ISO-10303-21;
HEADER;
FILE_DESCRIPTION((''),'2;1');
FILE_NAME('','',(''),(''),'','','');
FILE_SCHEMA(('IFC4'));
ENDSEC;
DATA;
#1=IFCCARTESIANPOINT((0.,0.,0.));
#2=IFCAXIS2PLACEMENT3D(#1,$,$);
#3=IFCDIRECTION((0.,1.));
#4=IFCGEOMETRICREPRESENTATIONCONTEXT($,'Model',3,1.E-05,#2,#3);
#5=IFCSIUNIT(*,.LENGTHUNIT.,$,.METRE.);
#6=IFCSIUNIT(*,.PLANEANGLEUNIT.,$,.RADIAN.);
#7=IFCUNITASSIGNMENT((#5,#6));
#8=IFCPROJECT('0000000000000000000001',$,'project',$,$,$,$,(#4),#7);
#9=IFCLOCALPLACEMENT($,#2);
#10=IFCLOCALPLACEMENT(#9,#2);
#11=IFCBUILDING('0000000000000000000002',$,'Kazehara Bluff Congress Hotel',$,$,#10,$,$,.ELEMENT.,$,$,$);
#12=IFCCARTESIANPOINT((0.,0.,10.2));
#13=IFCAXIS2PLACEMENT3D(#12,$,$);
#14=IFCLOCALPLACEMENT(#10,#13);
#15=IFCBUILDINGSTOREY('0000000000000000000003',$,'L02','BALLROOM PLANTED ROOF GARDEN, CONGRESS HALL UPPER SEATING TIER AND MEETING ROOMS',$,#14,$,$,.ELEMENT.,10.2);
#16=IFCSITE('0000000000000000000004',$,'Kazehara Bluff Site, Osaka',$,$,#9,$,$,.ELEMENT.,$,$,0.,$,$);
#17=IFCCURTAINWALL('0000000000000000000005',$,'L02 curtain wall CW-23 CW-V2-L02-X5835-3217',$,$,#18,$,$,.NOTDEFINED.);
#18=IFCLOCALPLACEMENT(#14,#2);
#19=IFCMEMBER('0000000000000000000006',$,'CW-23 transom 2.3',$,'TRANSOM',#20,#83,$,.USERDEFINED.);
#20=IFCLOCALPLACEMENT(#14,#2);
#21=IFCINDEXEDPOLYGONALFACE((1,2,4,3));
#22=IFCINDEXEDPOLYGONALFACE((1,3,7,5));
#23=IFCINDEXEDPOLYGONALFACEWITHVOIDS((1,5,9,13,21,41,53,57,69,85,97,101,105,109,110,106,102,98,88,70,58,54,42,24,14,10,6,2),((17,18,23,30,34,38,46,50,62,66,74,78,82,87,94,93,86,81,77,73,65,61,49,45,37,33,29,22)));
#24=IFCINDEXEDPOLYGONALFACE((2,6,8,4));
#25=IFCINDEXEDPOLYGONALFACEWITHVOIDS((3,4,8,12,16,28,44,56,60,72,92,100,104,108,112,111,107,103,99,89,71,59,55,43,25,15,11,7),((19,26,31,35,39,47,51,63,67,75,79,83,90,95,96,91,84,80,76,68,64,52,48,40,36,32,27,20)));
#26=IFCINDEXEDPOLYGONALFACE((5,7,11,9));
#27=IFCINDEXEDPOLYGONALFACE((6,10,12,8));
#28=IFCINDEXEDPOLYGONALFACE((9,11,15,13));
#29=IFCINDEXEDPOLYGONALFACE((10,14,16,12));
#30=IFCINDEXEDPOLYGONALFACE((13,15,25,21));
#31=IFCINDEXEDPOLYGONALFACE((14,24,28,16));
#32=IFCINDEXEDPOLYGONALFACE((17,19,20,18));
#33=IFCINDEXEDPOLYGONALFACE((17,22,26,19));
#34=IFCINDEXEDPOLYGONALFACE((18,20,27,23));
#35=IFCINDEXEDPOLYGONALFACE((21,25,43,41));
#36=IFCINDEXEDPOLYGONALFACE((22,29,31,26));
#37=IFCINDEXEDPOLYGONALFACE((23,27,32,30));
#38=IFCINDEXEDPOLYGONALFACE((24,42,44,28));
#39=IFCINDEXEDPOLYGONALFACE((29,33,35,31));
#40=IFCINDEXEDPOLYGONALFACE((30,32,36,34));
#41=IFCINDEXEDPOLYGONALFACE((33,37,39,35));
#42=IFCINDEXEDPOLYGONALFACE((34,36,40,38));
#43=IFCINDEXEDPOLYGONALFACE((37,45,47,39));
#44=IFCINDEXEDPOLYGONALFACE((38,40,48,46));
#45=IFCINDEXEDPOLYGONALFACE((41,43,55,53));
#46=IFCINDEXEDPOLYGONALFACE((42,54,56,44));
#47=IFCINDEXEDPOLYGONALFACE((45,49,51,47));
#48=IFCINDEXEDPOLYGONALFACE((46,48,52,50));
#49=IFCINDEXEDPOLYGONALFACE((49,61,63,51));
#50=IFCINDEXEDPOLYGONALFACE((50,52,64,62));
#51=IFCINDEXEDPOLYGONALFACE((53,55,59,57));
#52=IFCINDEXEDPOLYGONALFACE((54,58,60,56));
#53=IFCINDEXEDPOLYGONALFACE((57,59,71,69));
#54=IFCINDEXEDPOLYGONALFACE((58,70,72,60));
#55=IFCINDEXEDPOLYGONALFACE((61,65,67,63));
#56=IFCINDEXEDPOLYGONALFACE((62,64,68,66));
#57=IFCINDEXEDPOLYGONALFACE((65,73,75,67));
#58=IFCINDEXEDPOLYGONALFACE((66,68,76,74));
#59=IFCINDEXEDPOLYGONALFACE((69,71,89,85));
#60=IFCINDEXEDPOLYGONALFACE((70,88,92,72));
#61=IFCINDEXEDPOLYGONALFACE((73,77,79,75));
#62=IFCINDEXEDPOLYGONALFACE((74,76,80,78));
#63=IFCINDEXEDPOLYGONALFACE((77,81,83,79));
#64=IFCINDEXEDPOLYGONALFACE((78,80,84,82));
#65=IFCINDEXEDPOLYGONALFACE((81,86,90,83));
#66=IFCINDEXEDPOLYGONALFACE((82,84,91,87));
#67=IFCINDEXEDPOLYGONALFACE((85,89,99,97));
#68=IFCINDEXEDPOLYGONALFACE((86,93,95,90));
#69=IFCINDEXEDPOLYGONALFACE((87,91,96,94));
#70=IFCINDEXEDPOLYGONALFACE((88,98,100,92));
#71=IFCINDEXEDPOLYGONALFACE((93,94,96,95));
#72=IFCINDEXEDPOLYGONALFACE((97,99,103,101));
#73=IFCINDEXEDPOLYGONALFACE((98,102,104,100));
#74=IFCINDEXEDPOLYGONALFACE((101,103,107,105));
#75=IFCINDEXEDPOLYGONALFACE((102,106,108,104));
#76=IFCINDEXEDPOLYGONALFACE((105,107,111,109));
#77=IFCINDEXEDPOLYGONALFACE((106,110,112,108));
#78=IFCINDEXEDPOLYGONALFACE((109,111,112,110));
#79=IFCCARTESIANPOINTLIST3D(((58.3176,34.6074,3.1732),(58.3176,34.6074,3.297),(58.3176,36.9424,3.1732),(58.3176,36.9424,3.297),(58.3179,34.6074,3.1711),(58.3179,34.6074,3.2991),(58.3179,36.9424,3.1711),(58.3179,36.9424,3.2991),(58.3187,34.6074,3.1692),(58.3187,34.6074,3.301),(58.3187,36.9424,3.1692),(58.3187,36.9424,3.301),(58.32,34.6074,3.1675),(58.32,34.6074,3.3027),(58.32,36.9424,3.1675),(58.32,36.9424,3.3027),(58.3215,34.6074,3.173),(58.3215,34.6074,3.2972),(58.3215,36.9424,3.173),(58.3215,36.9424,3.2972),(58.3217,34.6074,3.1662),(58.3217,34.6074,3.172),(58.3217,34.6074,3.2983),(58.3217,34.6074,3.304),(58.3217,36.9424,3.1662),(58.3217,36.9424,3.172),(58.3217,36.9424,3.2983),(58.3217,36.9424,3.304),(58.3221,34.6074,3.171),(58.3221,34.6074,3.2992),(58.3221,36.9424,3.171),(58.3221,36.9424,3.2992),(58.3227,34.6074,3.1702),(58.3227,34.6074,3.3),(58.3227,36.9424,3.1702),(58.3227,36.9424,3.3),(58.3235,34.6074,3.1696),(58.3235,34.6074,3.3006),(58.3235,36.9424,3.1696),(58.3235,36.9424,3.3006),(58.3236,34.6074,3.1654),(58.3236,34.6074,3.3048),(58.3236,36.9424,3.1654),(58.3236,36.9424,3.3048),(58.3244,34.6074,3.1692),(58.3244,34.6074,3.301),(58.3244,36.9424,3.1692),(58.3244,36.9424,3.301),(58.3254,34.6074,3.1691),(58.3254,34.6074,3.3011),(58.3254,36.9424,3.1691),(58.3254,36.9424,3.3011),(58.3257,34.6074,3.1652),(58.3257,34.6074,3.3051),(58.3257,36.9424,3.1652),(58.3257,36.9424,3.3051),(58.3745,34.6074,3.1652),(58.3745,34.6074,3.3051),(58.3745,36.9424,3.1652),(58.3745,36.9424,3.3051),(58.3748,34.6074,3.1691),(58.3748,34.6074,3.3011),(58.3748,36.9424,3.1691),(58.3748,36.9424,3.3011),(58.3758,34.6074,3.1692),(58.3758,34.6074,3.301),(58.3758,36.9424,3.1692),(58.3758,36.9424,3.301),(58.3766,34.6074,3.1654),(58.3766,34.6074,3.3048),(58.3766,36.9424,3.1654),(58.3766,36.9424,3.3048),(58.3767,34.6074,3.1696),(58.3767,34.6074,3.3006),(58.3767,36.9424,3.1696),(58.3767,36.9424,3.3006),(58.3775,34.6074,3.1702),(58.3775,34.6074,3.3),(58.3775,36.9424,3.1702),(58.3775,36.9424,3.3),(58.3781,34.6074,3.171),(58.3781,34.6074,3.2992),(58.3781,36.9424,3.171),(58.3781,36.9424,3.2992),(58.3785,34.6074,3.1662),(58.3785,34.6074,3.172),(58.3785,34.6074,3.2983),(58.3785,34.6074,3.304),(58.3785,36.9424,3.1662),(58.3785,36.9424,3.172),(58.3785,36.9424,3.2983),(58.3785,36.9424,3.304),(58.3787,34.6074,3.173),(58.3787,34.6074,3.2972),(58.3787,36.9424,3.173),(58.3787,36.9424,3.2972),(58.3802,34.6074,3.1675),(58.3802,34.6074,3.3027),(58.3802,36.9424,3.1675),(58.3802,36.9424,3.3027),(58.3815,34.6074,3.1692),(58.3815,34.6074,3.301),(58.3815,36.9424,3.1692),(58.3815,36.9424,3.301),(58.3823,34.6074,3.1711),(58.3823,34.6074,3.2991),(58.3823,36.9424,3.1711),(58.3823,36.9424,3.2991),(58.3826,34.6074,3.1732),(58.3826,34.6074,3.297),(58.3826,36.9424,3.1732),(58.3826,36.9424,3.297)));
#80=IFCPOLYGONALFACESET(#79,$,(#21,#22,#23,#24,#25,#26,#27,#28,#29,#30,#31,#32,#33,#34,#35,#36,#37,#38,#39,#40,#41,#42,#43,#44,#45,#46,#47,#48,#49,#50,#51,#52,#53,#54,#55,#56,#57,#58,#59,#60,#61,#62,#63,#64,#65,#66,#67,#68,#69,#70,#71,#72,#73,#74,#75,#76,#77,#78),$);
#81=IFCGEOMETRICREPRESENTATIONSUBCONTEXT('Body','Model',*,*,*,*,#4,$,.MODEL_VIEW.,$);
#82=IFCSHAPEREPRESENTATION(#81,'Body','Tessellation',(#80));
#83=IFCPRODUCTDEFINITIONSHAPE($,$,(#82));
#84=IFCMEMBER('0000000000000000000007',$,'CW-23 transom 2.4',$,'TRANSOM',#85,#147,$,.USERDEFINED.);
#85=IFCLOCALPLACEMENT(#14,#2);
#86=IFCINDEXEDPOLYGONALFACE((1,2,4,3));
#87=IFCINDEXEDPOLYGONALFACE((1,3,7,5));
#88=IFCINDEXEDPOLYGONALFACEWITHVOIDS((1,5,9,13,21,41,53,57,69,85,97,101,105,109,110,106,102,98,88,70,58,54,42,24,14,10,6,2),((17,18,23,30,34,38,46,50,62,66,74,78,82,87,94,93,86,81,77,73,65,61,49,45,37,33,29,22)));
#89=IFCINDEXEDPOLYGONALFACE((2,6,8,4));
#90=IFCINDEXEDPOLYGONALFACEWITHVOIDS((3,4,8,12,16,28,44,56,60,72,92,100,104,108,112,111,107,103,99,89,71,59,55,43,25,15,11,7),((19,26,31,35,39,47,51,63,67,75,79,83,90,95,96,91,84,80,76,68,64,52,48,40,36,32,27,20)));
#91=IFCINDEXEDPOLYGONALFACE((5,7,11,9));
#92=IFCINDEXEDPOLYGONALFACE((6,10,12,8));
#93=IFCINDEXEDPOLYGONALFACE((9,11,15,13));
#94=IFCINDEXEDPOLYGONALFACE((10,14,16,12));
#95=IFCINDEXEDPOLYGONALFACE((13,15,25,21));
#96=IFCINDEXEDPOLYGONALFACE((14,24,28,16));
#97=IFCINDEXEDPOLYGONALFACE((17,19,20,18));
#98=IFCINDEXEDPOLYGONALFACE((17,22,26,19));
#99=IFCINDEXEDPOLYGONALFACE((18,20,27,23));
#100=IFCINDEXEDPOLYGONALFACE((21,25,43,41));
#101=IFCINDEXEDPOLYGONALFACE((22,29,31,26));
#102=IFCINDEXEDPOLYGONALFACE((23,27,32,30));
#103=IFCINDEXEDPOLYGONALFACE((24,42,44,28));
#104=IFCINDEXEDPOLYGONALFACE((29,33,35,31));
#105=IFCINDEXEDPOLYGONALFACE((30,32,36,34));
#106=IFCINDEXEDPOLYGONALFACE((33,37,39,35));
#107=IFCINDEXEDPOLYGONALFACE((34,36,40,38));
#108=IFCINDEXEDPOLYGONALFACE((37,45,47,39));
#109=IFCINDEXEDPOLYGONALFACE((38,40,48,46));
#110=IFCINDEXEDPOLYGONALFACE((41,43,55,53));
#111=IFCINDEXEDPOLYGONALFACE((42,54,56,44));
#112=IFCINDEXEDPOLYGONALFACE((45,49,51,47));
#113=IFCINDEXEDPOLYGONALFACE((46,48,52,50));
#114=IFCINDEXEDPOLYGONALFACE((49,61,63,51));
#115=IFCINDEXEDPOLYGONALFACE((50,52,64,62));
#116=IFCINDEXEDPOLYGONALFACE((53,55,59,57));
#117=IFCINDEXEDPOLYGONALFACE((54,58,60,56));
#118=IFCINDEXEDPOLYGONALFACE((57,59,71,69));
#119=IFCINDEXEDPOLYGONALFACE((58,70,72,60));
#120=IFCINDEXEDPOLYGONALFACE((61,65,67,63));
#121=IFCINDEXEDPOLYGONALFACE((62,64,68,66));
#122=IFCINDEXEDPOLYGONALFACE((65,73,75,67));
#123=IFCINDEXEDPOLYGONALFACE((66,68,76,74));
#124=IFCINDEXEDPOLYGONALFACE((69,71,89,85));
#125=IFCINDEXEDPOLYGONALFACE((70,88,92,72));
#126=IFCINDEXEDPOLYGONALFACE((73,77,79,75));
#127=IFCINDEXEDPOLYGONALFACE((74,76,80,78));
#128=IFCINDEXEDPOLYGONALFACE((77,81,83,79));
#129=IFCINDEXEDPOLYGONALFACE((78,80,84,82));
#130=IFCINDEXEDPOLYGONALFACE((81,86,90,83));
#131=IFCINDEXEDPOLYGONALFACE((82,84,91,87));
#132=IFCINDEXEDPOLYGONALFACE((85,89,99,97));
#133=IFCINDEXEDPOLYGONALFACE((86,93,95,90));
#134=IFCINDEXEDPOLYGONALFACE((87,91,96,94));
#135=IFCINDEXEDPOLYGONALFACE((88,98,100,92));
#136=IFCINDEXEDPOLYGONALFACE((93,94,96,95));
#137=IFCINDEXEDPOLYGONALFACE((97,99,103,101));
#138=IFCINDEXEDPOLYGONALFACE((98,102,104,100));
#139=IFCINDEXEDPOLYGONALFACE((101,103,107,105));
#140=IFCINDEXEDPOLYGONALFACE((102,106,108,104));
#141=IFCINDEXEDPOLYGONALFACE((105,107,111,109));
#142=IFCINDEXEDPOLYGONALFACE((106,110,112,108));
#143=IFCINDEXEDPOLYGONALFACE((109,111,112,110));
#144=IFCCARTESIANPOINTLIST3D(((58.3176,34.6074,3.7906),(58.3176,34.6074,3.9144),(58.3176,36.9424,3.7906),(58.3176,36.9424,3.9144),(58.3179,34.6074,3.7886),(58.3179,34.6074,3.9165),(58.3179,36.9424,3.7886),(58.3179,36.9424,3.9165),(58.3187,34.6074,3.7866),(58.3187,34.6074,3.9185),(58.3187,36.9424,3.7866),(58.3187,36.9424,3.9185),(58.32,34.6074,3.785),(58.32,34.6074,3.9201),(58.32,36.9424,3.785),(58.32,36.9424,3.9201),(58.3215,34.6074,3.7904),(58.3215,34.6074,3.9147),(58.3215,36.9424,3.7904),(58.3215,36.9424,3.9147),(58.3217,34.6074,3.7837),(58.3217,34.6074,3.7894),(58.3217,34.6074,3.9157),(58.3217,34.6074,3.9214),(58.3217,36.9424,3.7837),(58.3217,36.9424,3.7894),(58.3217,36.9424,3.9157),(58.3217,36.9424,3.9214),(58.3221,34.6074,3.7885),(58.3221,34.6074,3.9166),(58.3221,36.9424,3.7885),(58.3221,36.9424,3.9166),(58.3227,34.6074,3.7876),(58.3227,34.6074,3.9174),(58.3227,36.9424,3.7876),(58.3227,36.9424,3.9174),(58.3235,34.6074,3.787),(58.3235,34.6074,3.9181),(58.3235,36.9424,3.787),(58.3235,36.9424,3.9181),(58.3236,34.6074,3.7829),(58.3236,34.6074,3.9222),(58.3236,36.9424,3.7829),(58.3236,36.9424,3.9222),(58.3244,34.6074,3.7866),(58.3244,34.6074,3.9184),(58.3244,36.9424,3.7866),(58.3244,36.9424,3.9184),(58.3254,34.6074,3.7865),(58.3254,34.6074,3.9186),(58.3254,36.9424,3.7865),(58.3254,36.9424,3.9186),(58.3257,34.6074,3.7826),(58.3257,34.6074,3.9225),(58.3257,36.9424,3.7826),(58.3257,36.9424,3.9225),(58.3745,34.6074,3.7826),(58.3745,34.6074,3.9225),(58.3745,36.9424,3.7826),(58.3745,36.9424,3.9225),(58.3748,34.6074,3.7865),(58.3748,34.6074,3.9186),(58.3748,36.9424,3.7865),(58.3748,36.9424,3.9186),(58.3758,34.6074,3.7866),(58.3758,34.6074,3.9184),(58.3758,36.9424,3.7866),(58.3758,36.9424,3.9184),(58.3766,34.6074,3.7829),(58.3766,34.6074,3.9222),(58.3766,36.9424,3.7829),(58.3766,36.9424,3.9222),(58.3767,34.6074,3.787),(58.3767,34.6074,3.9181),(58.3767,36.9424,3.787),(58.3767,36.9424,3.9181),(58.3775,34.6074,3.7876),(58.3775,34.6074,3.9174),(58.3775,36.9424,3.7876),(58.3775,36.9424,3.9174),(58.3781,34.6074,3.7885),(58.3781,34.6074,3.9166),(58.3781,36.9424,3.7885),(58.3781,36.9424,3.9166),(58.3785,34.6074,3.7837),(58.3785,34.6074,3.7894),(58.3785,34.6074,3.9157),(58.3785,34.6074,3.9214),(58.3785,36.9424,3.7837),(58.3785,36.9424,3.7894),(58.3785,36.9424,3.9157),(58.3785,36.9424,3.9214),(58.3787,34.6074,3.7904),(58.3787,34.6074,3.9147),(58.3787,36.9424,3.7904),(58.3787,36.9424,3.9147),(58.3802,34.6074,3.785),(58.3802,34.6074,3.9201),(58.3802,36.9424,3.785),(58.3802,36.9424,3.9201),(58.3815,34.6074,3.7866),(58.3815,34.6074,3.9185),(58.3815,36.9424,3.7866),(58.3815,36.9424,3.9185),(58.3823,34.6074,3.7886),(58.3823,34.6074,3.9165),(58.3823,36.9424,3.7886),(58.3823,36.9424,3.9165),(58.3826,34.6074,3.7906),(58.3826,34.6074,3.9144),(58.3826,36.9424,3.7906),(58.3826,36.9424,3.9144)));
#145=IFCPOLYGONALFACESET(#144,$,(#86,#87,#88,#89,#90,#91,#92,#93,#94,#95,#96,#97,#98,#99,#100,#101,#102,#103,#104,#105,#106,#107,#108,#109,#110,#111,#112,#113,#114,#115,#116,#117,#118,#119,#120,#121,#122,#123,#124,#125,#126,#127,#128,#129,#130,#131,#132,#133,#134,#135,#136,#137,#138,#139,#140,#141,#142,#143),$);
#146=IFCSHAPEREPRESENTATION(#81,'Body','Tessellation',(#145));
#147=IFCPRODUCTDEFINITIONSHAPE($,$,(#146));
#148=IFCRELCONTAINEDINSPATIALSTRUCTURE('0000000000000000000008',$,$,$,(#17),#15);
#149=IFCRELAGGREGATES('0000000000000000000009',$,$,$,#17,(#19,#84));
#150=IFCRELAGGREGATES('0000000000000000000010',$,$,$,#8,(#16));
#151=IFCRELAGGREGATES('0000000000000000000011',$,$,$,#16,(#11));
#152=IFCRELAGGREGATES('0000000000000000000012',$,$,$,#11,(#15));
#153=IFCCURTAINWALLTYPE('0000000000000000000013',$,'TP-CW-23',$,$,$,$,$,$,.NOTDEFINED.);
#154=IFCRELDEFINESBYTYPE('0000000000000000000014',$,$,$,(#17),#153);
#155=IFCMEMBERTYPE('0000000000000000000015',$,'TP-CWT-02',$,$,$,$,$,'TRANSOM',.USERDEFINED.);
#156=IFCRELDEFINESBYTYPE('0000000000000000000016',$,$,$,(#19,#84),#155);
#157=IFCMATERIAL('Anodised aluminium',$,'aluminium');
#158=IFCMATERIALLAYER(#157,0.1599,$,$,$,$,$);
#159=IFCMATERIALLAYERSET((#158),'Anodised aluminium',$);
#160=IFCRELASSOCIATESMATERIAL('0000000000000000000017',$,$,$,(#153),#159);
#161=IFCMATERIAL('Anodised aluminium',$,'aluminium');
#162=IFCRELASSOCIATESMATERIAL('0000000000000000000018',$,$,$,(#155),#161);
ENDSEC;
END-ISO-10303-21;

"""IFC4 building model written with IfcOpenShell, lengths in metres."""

from ifc_helpers import new_model, si_unit, direction, frame, origin, origin_2d, place, context, subcontext, project, spatial, hollow_rectangle, extrude, material, layer, layer_set, material_profile, profile_set, type_object, element, aggregate, save


model = new_model("IFC4")

# Units and contexts
model_context = context("Model", 3, precision=1e-05, world=origin(), true_north=direction((0.0, 1.0)))
body_context = subcontext(model_context, "Body", "Model", "MODEL_VIEW")
ifc_project = project(units=[si_unit("LENGTHUNIT", "METRE"), si_unit("PLANEANGLEUNIT", "RADIAN")], contexts=[model_context])

# Site, building, storey
site_placement = place(None, origin())
site = spatial("IfcSite", under=ifc_project, at=site_placement, Name="Kazehara Bluff Site, Osaka", CompositionType="ELEMENT", RefElevation=0.0)
building_placement = place(site_placement, origin())
building = spatial("IfcBuilding", under=site, at=building_placement, Name="Kazehara Bluff Congress Hotel", CompositionType="ELEMENT")
storey_placement = place(building_placement, frame((0.0, 0.0, 10.2)))
storey = spatial("IfcBuildingStorey", under=building, at=storey_placement, Name="L02", Description="BALLROOM PLANTED ROOF GARDEN, CONGRESS HALL UPPER SEATING TIER AND MEETING ROOMS", CompositionType="ELEMENT", Elevation=10.2)

# Curtain wall
ifc_material_1 = material(Name="Anodised aluminium", Category="aluminium")
ifc_layer_1 = layer(ifc_material_1, 0.1599)
ifc_layer_set_1 = layer_set([ifc_layer_1], Name="Anodised aluminium")
curtain_wall_type_1 = type_object("IfcCurtainWallType", Name="TP-CW-23", PredefinedType="NOTDEFINED", material=ifc_layer_set_1)
curtain_wall_1_placement = place(storey_placement, origin())
curtain_wall_1 = element("IfcCurtainWall", 1, at=curtain_wall_1_placement, inside=storey, type_object=curtain_wall_type_1, Name="L02 curtain wall CW-23 CW-V2-L02-X5835-3217", PredefinedType="NOTDEFINED")

# Members
ifc_material_2 = material(Name="Anodised aluminium", Category="aluminium")
ifc_material_profile_1 = material_profile(ifc_material_2, hollow_rectangle(XDim=0.0649, YDim=0.1399, WallThickness=0.0039, InnerFilletRadius=0.0039, OuterFilletRadius=0.0081, at=origin_2d()))
ifc_profile_set_1 = profile_set([ifc_material_profile_1], Name="Anodised aluminium")
member_type_1 = type_object("IfcMemberType", Name="TP-CWT-02", ElementType="TRANSOM", PredefinedType="USERDEFINED", material=ifc_profile_set_1)
member_1_placement = place(storey_placement, frame((58.3501, 34.6074, 3.2351), z_axis=(0.0, 1.0, 0.0), x_axis=(-1.0, 0.0, 0.0)))
member_1 = element("IfcMember", 2, at=member_1_placement, type_object=member_type_1, Name="CW-23 transom 2.3", ObjectType="TRANSOM", PredefinedType="USERDEFINED", context=body_context, shape_type="SweptSolid", body=[
    extrude(hollow_rectangle(XDim=0.0649, YDim=0.1399, WallThickness=0.0039, InnerFilletRadius=0.0039, OuterFilletRadius=0.0081, at=origin_2d()), origin(), (0.0, 0.0, 1.0), 2.335),
])
member_2_placement = place(storey_placement, frame((58.3501, 34.6074, 3.8525), z_axis=(0.0, 1.0, 0.0), x_axis=(-1.0, 0.0, 0.0)))
member_2 = element("IfcMember", 3, at=member_2_placement, type_object=member_type_1, Name="CW-23 transom 2.4", ObjectType="TRANSOM", PredefinedType="USERDEFINED", context=body_context, shape_type="SweptSolid", body=[
    extrude(hollow_rectangle(XDim=0.0649, YDim=0.1399, WallThickness=0.0039, InnerFilletRadius=0.0039, OuterFilletRadius=0.0081, at=origin_2d()), origin(), (0.0, 0.0, 1.0), 2.335),
])

aggregate(curtain_wall_1, [member_1, member_2])

save(model, "model.ifc")
